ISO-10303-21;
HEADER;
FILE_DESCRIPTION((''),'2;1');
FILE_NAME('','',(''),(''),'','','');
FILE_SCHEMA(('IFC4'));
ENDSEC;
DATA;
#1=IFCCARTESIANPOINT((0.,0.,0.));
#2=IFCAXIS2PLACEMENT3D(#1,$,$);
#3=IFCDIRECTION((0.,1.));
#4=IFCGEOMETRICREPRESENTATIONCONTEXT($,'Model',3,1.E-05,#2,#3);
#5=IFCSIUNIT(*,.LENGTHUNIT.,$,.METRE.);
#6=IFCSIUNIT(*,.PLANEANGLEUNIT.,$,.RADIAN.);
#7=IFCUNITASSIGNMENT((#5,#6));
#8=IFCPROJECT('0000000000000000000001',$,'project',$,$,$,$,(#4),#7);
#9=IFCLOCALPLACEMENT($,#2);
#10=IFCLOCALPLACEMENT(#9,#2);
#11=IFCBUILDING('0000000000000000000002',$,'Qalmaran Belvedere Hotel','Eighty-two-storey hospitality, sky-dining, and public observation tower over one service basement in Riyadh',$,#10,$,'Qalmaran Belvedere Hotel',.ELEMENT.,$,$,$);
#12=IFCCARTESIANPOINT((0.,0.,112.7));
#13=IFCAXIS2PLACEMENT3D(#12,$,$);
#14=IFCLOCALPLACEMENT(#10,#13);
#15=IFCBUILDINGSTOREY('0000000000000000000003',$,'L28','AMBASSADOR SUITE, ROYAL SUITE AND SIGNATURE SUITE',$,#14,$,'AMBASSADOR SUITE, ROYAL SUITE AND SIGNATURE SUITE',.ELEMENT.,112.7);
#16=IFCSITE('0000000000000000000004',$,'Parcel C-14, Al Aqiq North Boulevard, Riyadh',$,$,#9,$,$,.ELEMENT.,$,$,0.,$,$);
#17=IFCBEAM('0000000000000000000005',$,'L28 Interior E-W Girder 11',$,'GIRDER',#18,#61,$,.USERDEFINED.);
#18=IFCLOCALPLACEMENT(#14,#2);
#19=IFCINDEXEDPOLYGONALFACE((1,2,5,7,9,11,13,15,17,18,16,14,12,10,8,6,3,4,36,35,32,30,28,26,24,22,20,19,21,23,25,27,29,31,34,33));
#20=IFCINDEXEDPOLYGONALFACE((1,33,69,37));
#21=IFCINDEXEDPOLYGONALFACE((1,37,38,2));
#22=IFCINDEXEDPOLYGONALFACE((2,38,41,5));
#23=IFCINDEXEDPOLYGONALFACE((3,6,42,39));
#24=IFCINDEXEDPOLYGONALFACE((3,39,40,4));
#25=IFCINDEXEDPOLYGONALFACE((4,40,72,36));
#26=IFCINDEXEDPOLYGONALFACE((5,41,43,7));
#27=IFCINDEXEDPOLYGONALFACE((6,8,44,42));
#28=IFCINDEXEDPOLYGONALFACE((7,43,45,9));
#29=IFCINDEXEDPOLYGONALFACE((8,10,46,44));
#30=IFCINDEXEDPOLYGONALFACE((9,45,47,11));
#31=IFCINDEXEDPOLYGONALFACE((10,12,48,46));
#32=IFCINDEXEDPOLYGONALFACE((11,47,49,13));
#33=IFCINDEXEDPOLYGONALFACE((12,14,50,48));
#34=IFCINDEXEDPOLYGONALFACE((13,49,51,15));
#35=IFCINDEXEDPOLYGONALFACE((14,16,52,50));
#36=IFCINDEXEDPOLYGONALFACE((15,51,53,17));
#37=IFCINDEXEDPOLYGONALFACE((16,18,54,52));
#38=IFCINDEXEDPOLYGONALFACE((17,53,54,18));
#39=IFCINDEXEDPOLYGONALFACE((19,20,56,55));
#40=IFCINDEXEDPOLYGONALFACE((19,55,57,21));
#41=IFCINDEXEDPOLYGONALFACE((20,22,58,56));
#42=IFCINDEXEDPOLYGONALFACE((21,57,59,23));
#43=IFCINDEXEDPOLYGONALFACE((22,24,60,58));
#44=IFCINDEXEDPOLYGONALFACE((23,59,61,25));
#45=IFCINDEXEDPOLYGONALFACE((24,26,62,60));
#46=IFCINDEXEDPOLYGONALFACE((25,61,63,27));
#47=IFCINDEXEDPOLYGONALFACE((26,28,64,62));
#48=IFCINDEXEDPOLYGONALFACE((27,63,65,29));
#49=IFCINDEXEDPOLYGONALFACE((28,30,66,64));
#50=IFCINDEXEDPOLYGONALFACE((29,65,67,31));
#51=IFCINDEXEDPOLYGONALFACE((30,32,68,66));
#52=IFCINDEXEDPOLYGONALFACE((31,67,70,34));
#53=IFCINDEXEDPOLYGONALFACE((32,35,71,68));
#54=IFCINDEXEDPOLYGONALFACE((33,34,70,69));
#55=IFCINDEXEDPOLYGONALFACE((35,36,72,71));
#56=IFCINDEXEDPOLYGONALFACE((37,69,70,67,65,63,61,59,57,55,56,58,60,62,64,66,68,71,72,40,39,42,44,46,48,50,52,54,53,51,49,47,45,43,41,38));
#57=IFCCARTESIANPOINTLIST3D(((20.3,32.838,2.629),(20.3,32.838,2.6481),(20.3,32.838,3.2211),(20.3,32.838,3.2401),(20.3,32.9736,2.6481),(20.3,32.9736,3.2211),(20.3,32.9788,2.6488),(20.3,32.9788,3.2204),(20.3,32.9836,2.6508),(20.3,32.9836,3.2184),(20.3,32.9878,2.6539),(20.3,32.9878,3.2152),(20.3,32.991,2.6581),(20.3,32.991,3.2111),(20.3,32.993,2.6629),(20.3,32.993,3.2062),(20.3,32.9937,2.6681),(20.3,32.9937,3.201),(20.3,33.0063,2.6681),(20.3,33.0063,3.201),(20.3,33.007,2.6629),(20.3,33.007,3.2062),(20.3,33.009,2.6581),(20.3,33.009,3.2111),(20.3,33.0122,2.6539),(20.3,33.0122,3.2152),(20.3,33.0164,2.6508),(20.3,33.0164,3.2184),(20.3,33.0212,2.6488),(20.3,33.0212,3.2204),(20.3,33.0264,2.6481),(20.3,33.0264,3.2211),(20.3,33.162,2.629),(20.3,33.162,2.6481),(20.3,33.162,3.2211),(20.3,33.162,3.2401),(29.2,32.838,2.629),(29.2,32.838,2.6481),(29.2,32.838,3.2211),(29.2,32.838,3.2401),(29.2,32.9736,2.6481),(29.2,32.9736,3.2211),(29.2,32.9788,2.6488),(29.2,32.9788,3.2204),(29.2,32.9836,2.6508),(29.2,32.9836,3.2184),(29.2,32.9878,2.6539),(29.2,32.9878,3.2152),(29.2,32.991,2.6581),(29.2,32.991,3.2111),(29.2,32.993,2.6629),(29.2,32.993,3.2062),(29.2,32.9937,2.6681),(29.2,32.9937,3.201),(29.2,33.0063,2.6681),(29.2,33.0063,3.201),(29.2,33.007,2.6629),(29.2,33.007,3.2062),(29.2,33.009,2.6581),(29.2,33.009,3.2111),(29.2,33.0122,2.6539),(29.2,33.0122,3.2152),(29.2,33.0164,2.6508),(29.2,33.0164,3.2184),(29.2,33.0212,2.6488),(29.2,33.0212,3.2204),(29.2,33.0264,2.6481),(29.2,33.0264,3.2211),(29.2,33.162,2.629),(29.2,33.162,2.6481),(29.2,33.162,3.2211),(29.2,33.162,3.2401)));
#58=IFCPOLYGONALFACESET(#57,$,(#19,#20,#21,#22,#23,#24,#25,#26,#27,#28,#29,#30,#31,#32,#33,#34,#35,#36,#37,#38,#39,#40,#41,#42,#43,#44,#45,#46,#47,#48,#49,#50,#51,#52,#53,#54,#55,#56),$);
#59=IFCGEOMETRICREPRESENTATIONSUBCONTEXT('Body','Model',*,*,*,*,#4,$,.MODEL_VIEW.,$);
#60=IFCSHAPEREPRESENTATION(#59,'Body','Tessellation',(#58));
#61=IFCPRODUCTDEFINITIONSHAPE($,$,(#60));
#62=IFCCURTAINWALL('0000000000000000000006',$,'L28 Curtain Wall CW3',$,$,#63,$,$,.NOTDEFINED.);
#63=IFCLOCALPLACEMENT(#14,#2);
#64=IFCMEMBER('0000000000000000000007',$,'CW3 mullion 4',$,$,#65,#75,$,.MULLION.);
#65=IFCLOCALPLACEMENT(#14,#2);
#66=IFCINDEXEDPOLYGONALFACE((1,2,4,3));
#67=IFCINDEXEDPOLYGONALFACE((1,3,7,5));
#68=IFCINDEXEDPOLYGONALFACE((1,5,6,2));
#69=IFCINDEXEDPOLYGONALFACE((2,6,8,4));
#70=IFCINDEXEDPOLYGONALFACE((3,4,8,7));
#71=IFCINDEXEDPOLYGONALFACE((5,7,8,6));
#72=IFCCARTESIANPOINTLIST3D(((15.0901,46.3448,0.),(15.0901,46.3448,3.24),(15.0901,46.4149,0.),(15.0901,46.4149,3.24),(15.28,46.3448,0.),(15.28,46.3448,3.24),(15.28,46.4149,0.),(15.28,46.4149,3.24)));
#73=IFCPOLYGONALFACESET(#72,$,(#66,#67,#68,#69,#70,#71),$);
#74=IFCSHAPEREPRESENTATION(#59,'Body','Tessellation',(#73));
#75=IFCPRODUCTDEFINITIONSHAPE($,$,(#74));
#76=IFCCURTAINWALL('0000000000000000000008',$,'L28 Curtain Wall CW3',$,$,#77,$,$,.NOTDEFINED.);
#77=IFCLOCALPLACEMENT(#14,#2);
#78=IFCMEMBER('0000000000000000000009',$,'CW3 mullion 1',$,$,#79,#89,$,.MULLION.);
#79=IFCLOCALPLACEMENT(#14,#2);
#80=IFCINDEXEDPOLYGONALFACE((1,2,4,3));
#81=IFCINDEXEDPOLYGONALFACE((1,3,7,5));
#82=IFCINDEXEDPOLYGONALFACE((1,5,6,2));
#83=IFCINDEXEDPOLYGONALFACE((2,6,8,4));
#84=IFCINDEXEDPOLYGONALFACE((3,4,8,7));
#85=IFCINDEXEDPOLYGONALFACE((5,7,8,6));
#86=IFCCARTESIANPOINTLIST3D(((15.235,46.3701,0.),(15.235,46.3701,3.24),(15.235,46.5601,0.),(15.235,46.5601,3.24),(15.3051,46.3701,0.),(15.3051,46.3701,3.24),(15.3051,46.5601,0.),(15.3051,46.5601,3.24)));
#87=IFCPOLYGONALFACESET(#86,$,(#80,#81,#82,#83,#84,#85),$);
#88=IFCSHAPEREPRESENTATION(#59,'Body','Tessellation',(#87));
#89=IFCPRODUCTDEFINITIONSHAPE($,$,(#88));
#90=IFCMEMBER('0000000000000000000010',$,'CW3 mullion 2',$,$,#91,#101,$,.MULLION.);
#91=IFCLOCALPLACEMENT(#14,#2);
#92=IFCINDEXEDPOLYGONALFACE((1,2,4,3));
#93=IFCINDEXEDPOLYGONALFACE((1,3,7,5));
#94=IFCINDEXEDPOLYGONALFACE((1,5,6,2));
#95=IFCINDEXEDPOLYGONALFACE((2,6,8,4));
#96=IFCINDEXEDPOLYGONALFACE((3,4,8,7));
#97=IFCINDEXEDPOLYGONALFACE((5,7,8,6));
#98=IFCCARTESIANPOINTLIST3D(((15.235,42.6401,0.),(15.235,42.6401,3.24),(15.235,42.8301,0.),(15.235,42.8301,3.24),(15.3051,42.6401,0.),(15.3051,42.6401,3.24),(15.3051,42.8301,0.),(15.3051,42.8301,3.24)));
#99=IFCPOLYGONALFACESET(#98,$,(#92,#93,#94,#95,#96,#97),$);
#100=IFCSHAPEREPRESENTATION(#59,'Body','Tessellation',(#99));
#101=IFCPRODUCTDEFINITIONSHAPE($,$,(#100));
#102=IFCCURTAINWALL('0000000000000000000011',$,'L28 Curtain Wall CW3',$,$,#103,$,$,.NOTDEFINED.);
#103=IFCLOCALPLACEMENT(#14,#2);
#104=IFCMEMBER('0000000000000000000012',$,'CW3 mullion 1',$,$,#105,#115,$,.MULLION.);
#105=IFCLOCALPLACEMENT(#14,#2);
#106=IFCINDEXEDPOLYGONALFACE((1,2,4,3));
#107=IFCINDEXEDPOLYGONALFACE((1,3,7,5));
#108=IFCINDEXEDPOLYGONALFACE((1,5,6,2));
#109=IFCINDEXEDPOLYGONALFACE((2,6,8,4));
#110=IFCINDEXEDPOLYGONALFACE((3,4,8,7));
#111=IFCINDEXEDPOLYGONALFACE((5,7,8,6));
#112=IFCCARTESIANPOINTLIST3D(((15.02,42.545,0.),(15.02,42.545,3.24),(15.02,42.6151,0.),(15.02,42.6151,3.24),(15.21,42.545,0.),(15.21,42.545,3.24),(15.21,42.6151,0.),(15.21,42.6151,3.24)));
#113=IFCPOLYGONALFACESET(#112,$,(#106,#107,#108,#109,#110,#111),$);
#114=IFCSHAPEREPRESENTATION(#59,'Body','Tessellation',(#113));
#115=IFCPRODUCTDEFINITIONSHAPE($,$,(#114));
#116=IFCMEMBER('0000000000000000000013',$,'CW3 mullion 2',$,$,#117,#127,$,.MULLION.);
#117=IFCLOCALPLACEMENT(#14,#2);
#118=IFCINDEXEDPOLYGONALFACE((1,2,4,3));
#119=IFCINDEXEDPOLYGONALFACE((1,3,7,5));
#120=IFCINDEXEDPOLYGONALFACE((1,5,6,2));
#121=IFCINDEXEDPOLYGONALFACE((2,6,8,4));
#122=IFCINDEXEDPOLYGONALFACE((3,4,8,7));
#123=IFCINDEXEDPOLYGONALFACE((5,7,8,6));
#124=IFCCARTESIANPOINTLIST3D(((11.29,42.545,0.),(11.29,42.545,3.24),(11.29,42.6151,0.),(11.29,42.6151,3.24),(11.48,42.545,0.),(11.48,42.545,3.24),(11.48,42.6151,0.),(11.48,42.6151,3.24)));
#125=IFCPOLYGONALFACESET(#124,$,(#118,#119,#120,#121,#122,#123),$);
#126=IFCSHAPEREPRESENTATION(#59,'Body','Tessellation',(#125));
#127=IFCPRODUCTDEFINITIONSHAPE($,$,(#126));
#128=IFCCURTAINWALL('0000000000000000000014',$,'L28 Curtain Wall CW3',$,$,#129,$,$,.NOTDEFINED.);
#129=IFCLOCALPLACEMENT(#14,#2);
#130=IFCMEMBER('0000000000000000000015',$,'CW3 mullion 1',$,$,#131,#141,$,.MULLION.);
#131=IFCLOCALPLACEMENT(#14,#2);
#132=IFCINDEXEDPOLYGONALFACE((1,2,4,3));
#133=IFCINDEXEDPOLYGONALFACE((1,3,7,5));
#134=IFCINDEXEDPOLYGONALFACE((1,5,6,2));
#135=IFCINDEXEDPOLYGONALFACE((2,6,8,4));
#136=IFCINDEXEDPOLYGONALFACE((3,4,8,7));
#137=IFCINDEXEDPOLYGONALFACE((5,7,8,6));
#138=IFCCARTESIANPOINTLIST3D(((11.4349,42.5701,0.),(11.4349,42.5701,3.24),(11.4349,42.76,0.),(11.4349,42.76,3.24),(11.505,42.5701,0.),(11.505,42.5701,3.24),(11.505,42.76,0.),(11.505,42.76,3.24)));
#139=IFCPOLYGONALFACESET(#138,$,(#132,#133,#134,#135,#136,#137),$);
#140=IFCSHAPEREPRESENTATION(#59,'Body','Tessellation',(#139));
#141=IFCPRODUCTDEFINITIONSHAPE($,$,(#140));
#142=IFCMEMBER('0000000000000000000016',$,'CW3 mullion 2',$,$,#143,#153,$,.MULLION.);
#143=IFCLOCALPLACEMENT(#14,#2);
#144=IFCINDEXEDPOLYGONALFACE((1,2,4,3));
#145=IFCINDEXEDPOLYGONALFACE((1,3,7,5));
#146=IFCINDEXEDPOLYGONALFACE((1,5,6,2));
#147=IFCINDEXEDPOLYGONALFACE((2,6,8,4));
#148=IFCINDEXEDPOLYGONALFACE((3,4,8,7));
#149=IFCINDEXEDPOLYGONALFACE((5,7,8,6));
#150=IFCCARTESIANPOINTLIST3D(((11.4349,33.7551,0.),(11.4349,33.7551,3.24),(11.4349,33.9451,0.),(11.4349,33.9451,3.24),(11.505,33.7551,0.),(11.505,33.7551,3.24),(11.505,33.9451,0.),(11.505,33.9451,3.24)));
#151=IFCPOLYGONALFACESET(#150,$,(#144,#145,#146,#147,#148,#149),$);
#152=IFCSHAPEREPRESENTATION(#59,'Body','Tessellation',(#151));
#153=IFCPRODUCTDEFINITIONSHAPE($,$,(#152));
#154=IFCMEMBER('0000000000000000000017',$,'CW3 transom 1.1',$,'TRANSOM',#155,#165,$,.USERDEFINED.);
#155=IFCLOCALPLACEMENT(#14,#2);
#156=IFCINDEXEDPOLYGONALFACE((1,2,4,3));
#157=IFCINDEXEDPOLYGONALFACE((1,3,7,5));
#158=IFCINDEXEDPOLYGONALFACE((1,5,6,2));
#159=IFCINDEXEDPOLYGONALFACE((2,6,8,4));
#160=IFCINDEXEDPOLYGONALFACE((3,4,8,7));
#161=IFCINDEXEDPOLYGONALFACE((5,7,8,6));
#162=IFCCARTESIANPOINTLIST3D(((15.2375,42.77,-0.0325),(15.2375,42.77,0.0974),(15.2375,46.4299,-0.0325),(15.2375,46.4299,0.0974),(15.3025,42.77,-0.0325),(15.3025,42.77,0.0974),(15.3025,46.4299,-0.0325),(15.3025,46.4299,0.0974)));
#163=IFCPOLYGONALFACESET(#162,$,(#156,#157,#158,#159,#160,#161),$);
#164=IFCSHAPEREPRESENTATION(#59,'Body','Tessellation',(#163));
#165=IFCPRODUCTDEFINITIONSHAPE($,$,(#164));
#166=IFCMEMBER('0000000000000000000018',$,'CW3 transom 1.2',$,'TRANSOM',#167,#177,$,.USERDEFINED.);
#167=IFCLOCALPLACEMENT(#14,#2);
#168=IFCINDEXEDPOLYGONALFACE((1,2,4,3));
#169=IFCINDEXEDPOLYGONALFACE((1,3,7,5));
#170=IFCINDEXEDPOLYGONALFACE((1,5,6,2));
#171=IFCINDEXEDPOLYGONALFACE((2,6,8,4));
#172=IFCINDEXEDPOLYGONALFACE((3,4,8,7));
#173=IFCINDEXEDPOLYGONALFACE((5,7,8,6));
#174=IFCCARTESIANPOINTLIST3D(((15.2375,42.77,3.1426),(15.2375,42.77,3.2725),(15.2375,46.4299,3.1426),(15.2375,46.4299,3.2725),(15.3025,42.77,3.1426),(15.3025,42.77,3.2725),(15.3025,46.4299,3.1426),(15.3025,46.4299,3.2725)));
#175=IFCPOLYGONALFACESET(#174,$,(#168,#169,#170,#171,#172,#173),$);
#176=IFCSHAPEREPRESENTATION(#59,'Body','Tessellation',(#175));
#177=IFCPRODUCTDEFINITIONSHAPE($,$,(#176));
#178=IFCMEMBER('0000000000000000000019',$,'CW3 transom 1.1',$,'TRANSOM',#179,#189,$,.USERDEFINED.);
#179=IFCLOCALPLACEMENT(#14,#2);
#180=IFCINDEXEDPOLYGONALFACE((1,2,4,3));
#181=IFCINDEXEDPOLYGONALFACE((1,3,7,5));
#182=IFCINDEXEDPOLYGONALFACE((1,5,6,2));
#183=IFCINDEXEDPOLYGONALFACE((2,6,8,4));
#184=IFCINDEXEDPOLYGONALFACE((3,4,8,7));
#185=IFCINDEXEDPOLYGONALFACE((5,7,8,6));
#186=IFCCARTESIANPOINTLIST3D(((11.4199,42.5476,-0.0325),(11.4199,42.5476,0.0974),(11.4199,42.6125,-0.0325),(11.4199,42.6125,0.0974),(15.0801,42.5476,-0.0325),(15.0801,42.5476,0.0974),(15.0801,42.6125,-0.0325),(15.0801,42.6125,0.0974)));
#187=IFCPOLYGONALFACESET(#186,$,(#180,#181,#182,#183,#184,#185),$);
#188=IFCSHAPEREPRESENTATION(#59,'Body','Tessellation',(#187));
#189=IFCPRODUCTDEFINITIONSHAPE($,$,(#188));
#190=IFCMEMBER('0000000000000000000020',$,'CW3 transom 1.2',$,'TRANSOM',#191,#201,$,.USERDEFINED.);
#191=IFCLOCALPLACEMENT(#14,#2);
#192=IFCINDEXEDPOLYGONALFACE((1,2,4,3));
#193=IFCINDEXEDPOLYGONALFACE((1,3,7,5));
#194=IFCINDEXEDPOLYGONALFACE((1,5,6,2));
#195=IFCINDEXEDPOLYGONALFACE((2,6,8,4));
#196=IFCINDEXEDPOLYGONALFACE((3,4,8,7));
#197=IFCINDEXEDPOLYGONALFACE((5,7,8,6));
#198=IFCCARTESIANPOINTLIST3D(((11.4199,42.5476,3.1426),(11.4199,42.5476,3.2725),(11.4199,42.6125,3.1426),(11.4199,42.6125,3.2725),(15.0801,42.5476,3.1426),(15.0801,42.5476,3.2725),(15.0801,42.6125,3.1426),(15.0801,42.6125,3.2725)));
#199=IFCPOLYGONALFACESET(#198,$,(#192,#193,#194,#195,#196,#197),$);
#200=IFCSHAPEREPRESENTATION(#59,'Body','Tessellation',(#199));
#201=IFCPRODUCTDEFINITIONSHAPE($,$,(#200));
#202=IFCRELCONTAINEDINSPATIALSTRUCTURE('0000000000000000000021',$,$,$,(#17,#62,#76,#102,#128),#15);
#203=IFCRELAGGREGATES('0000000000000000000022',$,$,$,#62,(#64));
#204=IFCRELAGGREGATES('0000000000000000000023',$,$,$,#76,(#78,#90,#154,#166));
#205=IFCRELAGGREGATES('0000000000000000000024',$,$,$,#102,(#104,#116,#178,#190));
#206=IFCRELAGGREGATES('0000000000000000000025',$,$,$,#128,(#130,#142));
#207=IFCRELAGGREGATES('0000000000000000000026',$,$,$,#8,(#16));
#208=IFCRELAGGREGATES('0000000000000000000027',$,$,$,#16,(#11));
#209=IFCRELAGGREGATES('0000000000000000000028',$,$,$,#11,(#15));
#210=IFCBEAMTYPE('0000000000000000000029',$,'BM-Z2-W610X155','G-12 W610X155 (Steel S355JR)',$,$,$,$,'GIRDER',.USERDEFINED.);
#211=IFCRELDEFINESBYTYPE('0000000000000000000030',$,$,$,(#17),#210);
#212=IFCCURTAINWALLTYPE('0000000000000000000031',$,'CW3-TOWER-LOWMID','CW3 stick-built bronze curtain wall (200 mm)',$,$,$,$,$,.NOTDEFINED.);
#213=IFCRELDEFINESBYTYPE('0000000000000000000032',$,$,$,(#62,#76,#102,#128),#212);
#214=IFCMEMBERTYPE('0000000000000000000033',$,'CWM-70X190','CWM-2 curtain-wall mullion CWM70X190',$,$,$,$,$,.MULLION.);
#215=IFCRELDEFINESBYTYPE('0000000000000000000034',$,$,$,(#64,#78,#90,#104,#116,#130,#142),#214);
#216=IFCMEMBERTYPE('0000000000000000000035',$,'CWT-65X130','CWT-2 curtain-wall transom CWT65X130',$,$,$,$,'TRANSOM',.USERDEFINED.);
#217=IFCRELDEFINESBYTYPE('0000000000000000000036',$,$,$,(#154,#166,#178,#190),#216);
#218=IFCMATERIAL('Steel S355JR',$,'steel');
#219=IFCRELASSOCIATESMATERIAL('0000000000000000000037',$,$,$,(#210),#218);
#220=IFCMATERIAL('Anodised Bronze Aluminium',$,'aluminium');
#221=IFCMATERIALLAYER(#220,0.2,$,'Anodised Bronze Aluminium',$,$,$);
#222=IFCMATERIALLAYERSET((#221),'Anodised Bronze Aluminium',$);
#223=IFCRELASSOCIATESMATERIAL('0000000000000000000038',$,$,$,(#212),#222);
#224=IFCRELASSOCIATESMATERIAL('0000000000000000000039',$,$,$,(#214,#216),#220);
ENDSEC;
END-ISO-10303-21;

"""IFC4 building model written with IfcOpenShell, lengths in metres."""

from ifc_helpers import new_model, si_unit, direction, frame, origin, origin_2d, place, context, subcontext, project, spatial, rectangle, i_section, extrude, material, layer, layer_set, material_profile, profile_set, type_object, element, aggregate, save


model = new_model("IFC4")

# Units and contexts
model_context = context("Model", 3, precision=1e-05, world=origin(), true_north=direction((0.0, 1.0)))
body_context = subcontext(model_context, "Body", "Model", "MODEL_VIEW")
ifc_project = project(units=[si_unit("LENGTHUNIT", "METRE"), si_unit("PLANEANGLEUNIT", "RADIAN")], contexts=[model_context])

# Site, building, storey
site_placement = place(None, origin())
site = spatial("IfcSite", under=ifc_project, at=site_placement, Name="Parcel C-14, Al Aqiq North Boulevard, Riyadh", CompositionType="ELEMENT", RefElevation=0.0)
building_placement = place(site_placement, origin())
building = spatial("IfcBuilding", under=site, at=building_placement, Name="Qalmaran Belvedere Hotel", Description="Eighty-two-storey hospitality, sky-dining, and public observation tower over one service basement in Riyadh", LongName="Qalmaran Belvedere Hotel", CompositionType="ELEMENT")
storey_placement = place(building_placement, frame((0.0, 0.0, 112.7)))
storey = spatial("IfcBuildingStorey", under=building, at=storey_placement, Name="L28", Description="AMBASSADOR SUITE, ROYAL SUITE AND SIGNATURE SUITE", LongName="AMBASSADOR SUITE, ROYAL SUITE AND SIGNATURE SUITE", CompositionType="ELEMENT", Elevation=112.7)

# Beam
ifc_material_1 = material(Name="Steel S355JR", Category="steel")
ifc_material_profile_1 = material_profile(ifc_material_1, i_section(OverallWidth=0.324, OverallDepth=0.6111, WebThickness=0.0127, FlangeThickness=0.019, FilletRadius=0.02, at=origin_2d()), Name="W610X155")
ifc_profile_set_1 = profile_set([ifc_material_profile_1], Name="Steel S355JR")
beam_type = type_object("IfcBeamType", Name="BM-Z2-W610X155", Description="G-12 W610X155 (Steel S355JR)", ElementType="GIRDER", PredefinedType="USERDEFINED", material=ifc_profile_set_1)
beam_placement = place(storey_placement, frame((20.3, 33.0, 2.9346), z_axis=(1.0, 0.0, 0.0), x_axis=(0.0, 1.0, 0.0)))
element("IfcBeam", 1, at=beam_placement, inside=storey, type_object=beam_type, Name="L28 Interior E-W Girder 11", ObjectType="GIRDER", PredefinedType="USERDEFINED", context=body_context, shape_type="SweptSolid", body=[
    extrude(i_section(OverallWidth=0.324, OverallDepth=0.6111, WebThickness=0.0127, FlangeThickness=0.019, FilletRadius=0.02, at=origin_2d()), origin(), (0.0, 0.0, 1.0), 8.8999),
])

# Curtain wall, member
ifc_material_2 = material(Name="Anodised Bronze Aluminium", Category="aluminium")
ifc_layer_1 = layer(ifc_material_2, 0.2, Name="Anodised Bronze Aluminium")
ifc_layer_set_1 = layer_set([ifc_layer_1], Name="Anodised Bronze Aluminium")
curtain_wall_type = type_object("IfcCurtainWallType", Name="CW3-TOWER-LOWMID", Description="CW3 stick-built bronze curtain wall (200 mm)", PredefinedType="NOTDEFINED", material=ifc_layer_set_1)
curtain_wall_1_placement = place(storey_placement, origin())
curtain_wall_1 = element("IfcCurtainWall", 2, at=curtain_wall_1_placement, inside=storey, type_object=curtain_wall_type, Name="L28 Curtain Wall CW3", PredefinedType="NOTDEFINED")
ifc_material_profile_2 = material_profile(ifc_material_2, rectangle(XDim=0.0701, YDim=0.1899, at=origin_2d()), Name="CWM70X190")
ifc_profile_set_2 = profile_set([ifc_material_profile_2], Name="Anodised Bronze Aluminium")
member_type_1 = type_object("IfcMemberType", Name="CWM-70X190", Description="CWM-2 curtain-wall mullion CWM70X190", PredefinedType="MULLION", material=ifc_profile_set_2)
member_1_placement = place(storey_placement, frame((15.1851, 46.3799, 0.0), z_axis=(0.0, 0.0, 1.0), x_axis=(0.0, -1.0, 0.0)))
member_1 = element("IfcMember", 3, at=member_1_placement, type_object=member_type_1, Name="CW3 mullion 4", PredefinedType="MULLION", context=body_context, shape_type="SweptSolid", body=[
    extrude(rectangle(XDim=0.0701, YDim=0.1899, at=origin_2d()), origin(), (0.0, 0.0, 1.0), 3.24),
])

# Curtain walls, members
curtain_wall_2_placement = place(storey_placement, origin())
curtain_wall_2 = element("IfcCurtainWall", 4, at=curtain_wall_2_placement, inside=storey, type_object=curtain_wall_type, Name="L28 Curtain Wall CW3", PredefinedType="NOTDEFINED")
member_2_placement = place(storey_placement, frame((15.27, 46.4651, 0.0), z_axis=(0.0, 0.0, 1.0), x_axis=(1.0, 0.0, 0.0)))
member_2 = element("IfcMember", 5, at=member_2_placement, type_object=member_type_1, Name="CW3 mullion 1", PredefinedType="MULLION", context=body_context, shape_type="SweptSolid", body=[
    extrude(rectangle(XDim=0.0701, YDim=0.1899, at=origin_2d()), origin(), (0.0, 0.0, 1.0), 3.24),
])
member_3_placement = place(storey_placement, frame((15.27, 42.7351, 0.0), z_axis=(0.0, 0.0, 1.0), x_axis=(1.0, 0.0, 0.0)))
member_3 = element("IfcMember", 6, at=member_3_placement, type_object=member_type_1, Name="CW3 mullion 2", PredefinedType="MULLION", context=body_context, shape_type="SweptSolid", body=[
    extrude(rectangle(XDim=0.0701, YDim=0.1899, at=origin_2d()), origin(), (0.0, 0.0, 1.0), 3.24),
])
curtain_wall_3_placement = place(storey_placement, origin())
curtain_wall_3 = element("IfcCurtainWall", 7, at=curtain_wall_3_placement, inside=storey, type_object=curtain_wall_type, Name="L28 Curtain Wall CW3", PredefinedType="NOTDEFINED")
member_4_placement = place(storey_placement, frame((15.115, 42.5801, 0.0), z_axis=(0.0, 0.0, 1.0), x_axis=(0.0, -1.0, 0.0)))
member_4 = element("IfcMember", 8, at=member_4_placement, type_object=member_type_1, Name="CW3 mullion 1", PredefinedType="MULLION", context=body_context, shape_type="SweptSolid", body=[
    extrude(rectangle(XDim=0.0701, YDim=0.1899, at=origin_2d()), origin(), (0.0, 0.0, 1.0), 3.24),
])
member_5_placement = place(storey_placement, frame((11.385, 42.5801, 0.0), z_axis=(0.0, 0.0, 1.0), x_axis=(0.0, -1.0, 0.0)))
member_5 = element("IfcMember", 9, at=member_5_placement, type_object=member_type_1, Name="CW3 mullion 2", PredefinedType="MULLION", context=body_context, shape_type="SweptSolid", body=[
    extrude(rectangle(XDim=0.0701, YDim=0.1899, at=origin_2d()), origin(), (0.0, 0.0, 1.0), 3.24),
])
curtain_wall_4_placement = place(storey_placement, origin())
curtain_wall_4 = element("IfcCurtainWall", 10, at=curtain_wall_4_placement, inside=storey, type_object=curtain_wall_type, Name="L28 Curtain Wall CW3", PredefinedType="NOTDEFINED")
member_6_placement = place(storey_placement, frame((11.47, 42.665, 0.0), z_axis=(0.0, 0.0, 1.0), x_axis=(1.0, 0.0, 0.0)))
member_6 = element("IfcMember", 11, at=member_6_placement, type_object=member_type_1, Name="CW3 mullion 1", PredefinedType="MULLION", context=body_context, shape_type="SweptSolid", body=[
    extrude(rectangle(XDim=0.0701, YDim=0.1899, at=origin_2d()), origin(), (0.0, 0.0, 1.0), 3.24),
])
member_7_placement = place(storey_placement, frame((11.47, 33.8501, 0.0), z_axis=(0.0, 0.0, 1.0), x_axis=(1.0, 0.0, 0.0)))
member_7 = element("IfcMember", 12, at=member_7_placement, type_object=member_type_1, Name="CW3 mullion 2", PredefinedType="MULLION", context=body_context, shape_type="SweptSolid", body=[
    extrude(rectangle(XDim=0.0701, YDim=0.1899, at=origin_2d()), origin(), (0.0, 0.0, 1.0), 3.24),
])

# Members
ifc_material_profile_3 = material_profile(ifc_material_2, rectangle(XDim=0.0649, YDim=0.1299, at=origin_2d()), Name="CWT65X130")
ifc_profile_set_3 = profile_set([ifc_material_profile_3], Name="Anodised Bronze Aluminium")
member_type_2 = type_object("IfcMemberType", Name="CWT-65X130", Description="CWT-2 curtain-wall transom CWT65X130", ElementType="TRANSOM", PredefinedType="USERDEFINED", material=ifc_profile_set_3)
member_8_placement = place(storey_placement, frame((15.27, 46.4299, 0.0325), z_axis=(0.0, -1.0, 0.0), x_axis=(1.0, 0.0, 0.0)))
member_8 = element("IfcMember", 13, at=member_8_placement, type_object=member_type_2, Name="CW3 transom 1.1", ObjectType="TRANSOM", PredefinedType="USERDEFINED", context=body_context, shape_type="SweptSolid", body=[
    extrude(rectangle(XDim=0.0649, YDim=0.1299, at=origin_2d()), origin(), (0.0, 0.0, 1.0), 3.6599),
])
member_9_placement = place(storey_placement, frame((15.27, 46.4299, 3.2075), z_axis=(0.0, -1.0, 0.0), x_axis=(1.0, 0.0, 0.0)))
member_9 = element("IfcMember", 14, at=member_9_placement, type_object=member_type_2, Name="CW3 transom 1.2", ObjectType="TRANSOM", PredefinedType="USERDEFINED", context=body_context, shape_type="SweptSolid", body=[
    extrude(rectangle(XDim=0.0649, YDim=0.1299, at=origin_2d()), origin(), (0.0, 0.0, 1.0), 3.6599),
])
member_10_placement = place(storey_placement, frame((15.0801, 42.5801, 0.0325), z_axis=(-1.0, 0.0, 0.0), x_axis=(0.0, -1.0, 0.0)))
member_10 = element("IfcMember", 15, at=member_10_placement, type_object=member_type_2, Name="CW3 transom 1.1", ObjectType="TRANSOM", PredefinedType="USERDEFINED", context=body_context, shape_type="SweptSolid", body=[
    extrude(rectangle(XDim=0.0649, YDim=0.1299, at=origin_2d()), origin(), (0.0, 0.0, 1.0), 3.6602),
])
member_11_placement = place(storey_placement, frame((15.0801, 42.5801, 3.2075), z_axis=(-1.0, 0.0, 0.0), x_axis=(0.0, -1.0, 0.0)))
member_11 = element("IfcMember", 16, at=member_11_placement, type_object=member_type_2, Name="CW3 transom 1.2", ObjectType="TRANSOM", PredefinedType="USERDEFINED", context=body_context, shape_type="SweptSolid", body=[
    extrude(rectangle(XDim=0.0649, YDim=0.1299, at=origin_2d()), origin(), (0.0, 0.0, 1.0), 3.6602),
])

aggregate(curtain_wall_1, [member_1])
aggregate(curtain_wall_2, [member_2, member_3, member_8, member_9])
aggregate(curtain_wall_3, [member_4, member_5, member_10, member_11])
aggregate(curtain_wall_4, [member_6, member_7])

save(model, "model.ifc")
